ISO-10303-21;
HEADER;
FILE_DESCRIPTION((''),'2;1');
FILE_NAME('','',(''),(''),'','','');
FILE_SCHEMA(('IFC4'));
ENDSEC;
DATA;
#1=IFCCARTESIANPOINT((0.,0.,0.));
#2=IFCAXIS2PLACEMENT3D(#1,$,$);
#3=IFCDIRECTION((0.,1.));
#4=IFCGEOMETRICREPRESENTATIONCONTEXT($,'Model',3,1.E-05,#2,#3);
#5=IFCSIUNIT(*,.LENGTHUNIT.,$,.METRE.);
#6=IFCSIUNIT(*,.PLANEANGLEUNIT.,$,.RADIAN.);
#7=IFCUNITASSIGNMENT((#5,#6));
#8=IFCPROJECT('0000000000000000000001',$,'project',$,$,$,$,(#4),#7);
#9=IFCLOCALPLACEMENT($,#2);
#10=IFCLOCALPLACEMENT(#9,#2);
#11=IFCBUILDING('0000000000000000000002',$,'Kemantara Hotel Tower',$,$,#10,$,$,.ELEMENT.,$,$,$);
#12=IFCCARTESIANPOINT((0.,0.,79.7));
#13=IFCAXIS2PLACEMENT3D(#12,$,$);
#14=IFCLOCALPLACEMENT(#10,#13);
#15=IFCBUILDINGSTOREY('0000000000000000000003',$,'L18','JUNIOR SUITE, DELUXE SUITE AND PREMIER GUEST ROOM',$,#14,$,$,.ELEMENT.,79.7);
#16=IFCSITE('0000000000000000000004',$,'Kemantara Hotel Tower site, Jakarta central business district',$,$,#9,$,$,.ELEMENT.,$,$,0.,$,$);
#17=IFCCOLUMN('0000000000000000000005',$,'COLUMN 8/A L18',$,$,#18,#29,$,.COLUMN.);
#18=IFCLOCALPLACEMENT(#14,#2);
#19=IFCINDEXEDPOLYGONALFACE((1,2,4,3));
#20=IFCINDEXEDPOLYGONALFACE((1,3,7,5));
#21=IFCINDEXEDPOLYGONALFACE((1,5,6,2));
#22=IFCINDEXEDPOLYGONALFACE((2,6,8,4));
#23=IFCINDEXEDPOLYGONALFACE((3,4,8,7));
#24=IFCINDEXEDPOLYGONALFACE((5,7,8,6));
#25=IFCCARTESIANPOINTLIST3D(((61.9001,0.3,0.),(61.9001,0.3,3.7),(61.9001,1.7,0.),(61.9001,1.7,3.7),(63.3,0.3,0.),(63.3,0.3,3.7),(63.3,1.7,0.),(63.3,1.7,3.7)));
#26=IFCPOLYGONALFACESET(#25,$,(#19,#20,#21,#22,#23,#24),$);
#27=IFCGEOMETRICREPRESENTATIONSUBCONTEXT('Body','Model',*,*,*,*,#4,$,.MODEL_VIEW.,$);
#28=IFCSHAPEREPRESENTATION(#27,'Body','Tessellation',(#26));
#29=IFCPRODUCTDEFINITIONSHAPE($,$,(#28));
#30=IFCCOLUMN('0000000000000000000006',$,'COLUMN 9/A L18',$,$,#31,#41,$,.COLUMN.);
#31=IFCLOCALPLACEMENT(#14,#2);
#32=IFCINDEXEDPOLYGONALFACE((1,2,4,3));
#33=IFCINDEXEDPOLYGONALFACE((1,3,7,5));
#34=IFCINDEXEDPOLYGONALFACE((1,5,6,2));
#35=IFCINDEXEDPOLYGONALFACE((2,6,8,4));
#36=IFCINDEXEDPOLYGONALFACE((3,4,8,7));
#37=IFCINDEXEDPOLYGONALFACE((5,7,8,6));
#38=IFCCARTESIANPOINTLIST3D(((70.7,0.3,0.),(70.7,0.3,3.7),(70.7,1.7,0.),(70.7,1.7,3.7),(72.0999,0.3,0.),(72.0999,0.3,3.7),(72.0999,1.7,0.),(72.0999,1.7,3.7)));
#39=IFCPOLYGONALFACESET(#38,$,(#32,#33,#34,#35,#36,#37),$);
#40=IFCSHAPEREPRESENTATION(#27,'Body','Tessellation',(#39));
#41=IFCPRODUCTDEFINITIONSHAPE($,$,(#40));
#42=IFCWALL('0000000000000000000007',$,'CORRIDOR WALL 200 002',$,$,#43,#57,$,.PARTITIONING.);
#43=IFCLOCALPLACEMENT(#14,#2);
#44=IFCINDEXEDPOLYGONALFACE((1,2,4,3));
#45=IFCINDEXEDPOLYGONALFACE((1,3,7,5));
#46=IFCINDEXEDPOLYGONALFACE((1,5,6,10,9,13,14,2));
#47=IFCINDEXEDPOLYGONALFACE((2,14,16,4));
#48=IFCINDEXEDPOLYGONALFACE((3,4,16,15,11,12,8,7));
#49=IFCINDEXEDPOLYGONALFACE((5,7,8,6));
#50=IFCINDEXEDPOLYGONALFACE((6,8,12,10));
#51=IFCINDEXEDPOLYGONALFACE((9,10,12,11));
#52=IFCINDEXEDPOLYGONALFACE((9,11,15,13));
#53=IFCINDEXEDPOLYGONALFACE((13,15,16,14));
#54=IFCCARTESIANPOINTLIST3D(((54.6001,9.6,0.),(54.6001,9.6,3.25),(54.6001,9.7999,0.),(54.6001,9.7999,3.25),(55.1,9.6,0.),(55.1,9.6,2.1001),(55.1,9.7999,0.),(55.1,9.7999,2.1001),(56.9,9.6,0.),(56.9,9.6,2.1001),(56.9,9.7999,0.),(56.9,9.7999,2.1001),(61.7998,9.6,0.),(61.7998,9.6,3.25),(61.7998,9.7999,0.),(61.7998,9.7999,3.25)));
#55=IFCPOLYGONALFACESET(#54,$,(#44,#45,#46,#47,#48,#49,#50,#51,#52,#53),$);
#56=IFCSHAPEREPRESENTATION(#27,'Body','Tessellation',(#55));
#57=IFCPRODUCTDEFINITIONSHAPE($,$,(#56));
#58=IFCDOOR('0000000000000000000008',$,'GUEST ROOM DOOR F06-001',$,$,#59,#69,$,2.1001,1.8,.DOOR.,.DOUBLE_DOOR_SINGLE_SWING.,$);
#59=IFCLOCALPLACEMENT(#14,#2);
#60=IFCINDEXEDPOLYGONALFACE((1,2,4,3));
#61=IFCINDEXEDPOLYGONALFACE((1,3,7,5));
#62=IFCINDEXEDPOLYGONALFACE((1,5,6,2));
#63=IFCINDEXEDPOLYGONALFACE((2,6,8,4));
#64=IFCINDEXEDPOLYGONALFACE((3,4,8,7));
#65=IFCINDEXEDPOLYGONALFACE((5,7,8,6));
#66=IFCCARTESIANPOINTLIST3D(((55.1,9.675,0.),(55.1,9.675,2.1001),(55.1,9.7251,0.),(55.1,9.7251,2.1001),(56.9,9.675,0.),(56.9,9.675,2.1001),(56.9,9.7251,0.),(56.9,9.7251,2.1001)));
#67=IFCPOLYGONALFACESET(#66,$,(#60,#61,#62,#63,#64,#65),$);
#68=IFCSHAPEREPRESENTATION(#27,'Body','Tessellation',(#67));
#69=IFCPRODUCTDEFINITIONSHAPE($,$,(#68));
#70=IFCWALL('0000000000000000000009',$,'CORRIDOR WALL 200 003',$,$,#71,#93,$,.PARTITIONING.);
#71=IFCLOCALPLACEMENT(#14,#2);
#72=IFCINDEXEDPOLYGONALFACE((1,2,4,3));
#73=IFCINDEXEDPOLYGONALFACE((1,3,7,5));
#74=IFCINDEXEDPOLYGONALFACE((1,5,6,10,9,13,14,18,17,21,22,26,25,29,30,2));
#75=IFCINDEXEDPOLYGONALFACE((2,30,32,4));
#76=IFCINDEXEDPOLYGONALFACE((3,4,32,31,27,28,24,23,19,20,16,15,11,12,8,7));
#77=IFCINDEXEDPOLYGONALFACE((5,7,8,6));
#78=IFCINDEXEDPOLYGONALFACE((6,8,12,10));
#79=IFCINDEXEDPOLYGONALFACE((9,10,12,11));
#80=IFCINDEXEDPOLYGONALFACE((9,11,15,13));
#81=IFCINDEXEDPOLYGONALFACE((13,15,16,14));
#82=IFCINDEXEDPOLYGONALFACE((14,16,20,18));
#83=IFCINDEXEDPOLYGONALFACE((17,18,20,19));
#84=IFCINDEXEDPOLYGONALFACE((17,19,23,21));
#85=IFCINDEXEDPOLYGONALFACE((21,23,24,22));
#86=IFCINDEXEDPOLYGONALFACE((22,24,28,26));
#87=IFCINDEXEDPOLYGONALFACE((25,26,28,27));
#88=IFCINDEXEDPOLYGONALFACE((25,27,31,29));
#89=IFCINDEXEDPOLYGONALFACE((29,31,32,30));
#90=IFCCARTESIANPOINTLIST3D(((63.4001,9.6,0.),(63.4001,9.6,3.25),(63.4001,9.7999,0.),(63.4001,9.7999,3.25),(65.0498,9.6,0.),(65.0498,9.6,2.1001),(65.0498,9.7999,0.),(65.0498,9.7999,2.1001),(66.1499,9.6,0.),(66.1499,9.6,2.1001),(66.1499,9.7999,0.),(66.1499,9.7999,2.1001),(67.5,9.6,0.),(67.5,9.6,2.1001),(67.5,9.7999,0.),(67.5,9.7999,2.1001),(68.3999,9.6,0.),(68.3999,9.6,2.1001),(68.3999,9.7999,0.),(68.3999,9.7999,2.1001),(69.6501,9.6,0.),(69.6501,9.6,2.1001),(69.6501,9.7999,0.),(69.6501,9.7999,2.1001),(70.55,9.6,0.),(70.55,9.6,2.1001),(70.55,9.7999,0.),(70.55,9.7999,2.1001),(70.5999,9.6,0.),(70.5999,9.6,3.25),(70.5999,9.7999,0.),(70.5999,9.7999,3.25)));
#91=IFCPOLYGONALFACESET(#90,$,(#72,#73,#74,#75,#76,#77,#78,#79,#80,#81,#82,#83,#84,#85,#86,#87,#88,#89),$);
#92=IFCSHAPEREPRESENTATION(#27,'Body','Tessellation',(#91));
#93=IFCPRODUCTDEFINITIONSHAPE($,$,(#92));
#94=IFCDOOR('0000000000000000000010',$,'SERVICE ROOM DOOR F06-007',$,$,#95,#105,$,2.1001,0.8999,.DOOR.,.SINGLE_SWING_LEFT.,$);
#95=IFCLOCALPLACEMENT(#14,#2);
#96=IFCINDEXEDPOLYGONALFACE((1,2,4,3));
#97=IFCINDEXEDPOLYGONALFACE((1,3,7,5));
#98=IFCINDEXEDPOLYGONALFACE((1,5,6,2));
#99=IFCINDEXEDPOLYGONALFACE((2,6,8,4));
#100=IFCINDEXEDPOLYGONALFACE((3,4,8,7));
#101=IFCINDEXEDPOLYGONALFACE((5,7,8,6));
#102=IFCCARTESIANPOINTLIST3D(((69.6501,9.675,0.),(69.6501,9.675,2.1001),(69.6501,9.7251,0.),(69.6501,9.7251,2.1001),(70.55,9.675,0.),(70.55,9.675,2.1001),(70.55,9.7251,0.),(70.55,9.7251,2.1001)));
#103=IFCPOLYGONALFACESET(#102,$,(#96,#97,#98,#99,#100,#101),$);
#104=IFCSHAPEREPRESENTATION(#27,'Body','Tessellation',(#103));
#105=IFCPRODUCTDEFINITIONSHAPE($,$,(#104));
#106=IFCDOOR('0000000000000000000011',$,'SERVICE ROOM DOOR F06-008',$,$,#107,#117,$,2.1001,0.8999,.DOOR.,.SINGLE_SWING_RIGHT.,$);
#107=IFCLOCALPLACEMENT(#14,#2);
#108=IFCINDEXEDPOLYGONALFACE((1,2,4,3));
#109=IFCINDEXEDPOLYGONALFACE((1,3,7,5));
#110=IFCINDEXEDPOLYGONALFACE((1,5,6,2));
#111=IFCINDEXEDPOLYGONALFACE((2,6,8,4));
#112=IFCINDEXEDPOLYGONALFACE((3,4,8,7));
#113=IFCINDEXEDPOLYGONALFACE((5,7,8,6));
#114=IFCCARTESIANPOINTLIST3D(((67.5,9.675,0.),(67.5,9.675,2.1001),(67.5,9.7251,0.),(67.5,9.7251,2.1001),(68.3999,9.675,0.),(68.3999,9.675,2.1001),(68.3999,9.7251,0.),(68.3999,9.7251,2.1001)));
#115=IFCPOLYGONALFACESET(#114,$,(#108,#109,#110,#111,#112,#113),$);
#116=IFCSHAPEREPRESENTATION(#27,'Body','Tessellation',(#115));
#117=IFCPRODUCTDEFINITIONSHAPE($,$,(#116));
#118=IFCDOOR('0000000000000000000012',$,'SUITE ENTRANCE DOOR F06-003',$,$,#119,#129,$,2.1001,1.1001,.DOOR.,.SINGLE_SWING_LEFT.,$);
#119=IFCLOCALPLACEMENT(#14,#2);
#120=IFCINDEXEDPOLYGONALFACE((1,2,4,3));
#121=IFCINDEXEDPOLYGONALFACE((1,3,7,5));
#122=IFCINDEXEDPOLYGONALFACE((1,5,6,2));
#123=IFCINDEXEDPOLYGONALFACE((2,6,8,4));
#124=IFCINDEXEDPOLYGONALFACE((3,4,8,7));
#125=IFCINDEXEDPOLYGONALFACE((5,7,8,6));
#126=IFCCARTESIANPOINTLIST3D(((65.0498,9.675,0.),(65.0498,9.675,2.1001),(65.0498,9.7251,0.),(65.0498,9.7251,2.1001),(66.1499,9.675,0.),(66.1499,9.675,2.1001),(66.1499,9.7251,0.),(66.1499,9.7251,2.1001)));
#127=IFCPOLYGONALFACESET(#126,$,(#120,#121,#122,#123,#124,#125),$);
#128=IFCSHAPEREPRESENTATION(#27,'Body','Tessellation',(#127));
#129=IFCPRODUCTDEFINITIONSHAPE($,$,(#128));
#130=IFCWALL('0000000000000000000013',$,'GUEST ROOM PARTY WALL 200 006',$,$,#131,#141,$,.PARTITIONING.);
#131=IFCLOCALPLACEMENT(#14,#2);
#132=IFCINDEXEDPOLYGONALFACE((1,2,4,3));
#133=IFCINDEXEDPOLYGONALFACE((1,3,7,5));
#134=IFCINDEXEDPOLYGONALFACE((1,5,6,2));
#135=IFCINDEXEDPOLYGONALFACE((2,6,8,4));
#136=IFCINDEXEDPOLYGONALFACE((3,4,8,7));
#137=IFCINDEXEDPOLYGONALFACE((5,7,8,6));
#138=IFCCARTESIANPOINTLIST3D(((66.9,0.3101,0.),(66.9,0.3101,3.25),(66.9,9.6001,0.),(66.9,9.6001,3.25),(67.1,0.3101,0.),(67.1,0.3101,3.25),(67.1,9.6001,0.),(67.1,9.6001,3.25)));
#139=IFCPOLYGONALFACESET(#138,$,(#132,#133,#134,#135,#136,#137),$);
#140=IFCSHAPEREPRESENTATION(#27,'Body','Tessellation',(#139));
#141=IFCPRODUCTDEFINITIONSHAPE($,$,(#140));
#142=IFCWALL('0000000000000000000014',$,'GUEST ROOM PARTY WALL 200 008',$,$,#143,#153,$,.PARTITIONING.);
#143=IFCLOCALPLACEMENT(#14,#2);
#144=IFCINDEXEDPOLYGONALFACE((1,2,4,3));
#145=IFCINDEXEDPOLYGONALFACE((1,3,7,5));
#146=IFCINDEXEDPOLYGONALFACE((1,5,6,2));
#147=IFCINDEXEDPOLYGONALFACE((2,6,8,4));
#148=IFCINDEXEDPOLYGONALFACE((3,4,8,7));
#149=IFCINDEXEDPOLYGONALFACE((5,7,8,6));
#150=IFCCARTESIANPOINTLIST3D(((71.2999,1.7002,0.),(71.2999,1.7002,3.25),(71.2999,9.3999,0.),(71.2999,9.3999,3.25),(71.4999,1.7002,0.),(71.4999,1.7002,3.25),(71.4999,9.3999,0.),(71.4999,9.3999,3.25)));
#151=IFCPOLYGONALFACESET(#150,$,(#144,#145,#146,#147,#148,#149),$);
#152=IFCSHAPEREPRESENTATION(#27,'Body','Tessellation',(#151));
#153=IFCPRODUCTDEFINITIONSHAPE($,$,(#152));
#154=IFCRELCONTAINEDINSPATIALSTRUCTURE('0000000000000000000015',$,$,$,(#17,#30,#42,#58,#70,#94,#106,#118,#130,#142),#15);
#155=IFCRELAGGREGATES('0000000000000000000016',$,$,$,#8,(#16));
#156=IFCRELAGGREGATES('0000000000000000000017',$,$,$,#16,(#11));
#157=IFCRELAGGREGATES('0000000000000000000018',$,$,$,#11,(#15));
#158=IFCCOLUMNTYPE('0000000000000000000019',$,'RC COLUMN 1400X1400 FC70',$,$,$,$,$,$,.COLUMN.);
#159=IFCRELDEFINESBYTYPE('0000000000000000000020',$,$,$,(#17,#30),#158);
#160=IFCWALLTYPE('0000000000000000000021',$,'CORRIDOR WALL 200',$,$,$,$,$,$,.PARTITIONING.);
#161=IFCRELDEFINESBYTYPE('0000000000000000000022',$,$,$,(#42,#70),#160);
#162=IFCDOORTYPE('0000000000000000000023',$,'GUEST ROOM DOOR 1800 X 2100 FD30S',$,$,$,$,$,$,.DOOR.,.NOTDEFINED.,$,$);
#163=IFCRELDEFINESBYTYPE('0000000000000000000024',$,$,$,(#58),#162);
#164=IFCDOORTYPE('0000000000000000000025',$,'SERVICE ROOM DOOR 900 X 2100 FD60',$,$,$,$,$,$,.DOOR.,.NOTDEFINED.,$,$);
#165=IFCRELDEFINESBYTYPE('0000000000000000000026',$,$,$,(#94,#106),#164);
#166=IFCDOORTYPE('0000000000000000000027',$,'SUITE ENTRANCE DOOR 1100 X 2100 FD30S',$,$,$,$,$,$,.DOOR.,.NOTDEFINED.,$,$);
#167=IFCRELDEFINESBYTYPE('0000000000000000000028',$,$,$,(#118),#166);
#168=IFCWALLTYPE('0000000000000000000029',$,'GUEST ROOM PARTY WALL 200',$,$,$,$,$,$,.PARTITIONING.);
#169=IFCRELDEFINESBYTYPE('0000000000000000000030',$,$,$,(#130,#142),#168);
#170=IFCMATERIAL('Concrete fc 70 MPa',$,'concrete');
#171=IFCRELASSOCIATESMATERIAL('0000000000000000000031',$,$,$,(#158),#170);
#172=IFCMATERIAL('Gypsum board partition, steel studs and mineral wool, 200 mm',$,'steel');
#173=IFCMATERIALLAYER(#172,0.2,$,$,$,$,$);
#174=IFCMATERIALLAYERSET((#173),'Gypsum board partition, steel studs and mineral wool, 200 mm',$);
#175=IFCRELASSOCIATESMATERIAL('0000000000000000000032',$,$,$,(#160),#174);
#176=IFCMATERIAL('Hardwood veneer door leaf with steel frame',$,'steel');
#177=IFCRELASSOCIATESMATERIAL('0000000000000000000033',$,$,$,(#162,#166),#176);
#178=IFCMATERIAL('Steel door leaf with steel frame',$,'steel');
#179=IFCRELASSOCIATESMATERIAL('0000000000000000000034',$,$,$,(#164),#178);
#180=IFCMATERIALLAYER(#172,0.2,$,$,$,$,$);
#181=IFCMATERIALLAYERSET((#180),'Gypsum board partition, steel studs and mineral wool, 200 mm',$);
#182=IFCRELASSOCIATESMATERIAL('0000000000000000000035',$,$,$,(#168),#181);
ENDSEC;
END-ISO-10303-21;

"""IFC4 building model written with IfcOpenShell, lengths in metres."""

from ifc_helpers import new_model, si_unit, direction, frame, frame_2d, origin, origin_2d, place, context, subcontext, project, spatial, rectangle, extrude, material, layer, layer_set, material_profile, profile_set, type_object, element, fill, save


model = new_model("IFC4")

# Units and contexts
model_context = context("Model", 3, precision=1e-05, world=origin(), true_north=direction((0.0, 1.0)))
body_context = subcontext(model_context, "Body", "Model", "MODEL_VIEW")
ifc_project = project(units=[si_unit("LENGTHUNIT", "METRE"), si_unit("PLANEANGLEUNIT", "RADIAN")], contexts=[model_context])

# Site, building, storey
site_placement = place(None, origin())
site = spatial("IfcSite", under=ifc_project, at=site_placement, Name="Kemantara Hotel Tower site, Jakarta central business district", CompositionType="ELEMENT", RefElevation=0.0)
building_placement = place(site_placement, origin())
building = spatial("IfcBuilding", under=site, at=building_placement, Name="Kemantara Hotel Tower", CompositionType="ELEMENT")
storey_placement = place(building_placement, frame((0.0, 0.0, 79.7)))
storey = spatial("IfcBuildingStorey", under=building, at=storey_placement, Name="L18", Description="JUNIOR SUITE, DELUXE SUITE AND PREMIER GUEST ROOM", CompositionType="ELEMENT", Elevation=79.7)

# Columns
ifc_material_1 = material(Name="Concrete fc 70 MPa", Category="concrete")
ifc_material_profile = material_profile(ifc_material_1, rectangle(XDim=1.3999, YDim=1.3999, at=origin_2d()), Name="RC 1400X1400")
ifc_profile_set = profile_set([ifc_material_profile], Name="Concrete fc 70 MPa")
column_type = type_object("IfcColumnType", Name="RC COLUMN 1400X1400 FC70", PredefinedType="COLUMN", material=ifc_profile_set)
for number, where, z_axis, x_axis, name in (
    (1, (62.6001, 1.0, 0.0), (0.0, 0.0, 1.0), (1.0, 0.0, 0.0), "COLUMN 8/A L18"),
    (2, (71.3999, 1.0, 0.0), (0.0, 0.0, 1.0), (1.0, 0.0, 0.0), "COLUMN 9/A L18"),
):
    element("IfcColumn", number, at=place(storey_placement, frame(where, z_axis=z_axis, x_axis=x_axis)), inside=storey, type_object=column_type, Name=name, PredefinedType="COLUMN", context=body_context, shape_type="SweptSolid", body=[
        extrude(rectangle(XDim=1.3999, YDim=1.3999, at=origin_2d()), origin(), (0.0, 0.0, 1.0), 3.7),
    ])

# Wall, opening, door
ifc_material_2 = material(Name="Gypsum board partition, steel studs and mineral wool, 200 mm", Category="steel")
ifc_layer_1 = layer(ifc_material_2, 0.2)
ifc_layer_set_1 = layer_set([ifc_layer_1], Name="Gypsum board partition, steel studs and mineral wool, 200 mm")
wall_type_1 = type_object("IfcWallType", Name="CORRIDOR WALL 200", PredefinedType="PARTITIONING", material=ifc_layer_set_1)
wall_1_placement = place(storey_placement, frame((61.7998, 9.7, 0.0), z_axis=(0.0, 0.0, 1.0), x_axis=(-1.0, 0.0, 0.0)))
wall_1 = element("IfcWall", 3, at=wall_1_placement, inside=storey, type_object=wall_type_1, Name="CORRIDOR WALL 200 002", PredefinedType="PARTITIONING", context=body_context, shape_type="SweptSolid", body=[
    extrude(rectangle(XDim=7.1997, YDim=0.2, at=frame_2d((3.5999, 0.0))), origin(), (0.0, 0.0, 1.0), 3.25),
])
opening_1_placement = place(wall_1_placement, frame((4.8999, 0.0, 0.0)))
opening_1 = element("IfcOpeningElement", 4, at=opening_1_placement, cuts=wall_1, PredefinedType="OPENING", context=body_context, shape_type="SweptSolid", body=[
    extrude(rectangle(XDim=1.8, YDim=2.1001, at=frame_2d((0.8999, 1.05))), frame((0.0, 0.1099, 0.0), z_axis=(0.0, -1.0, 0.0), x_axis=(1.0, 0.0, 0.0)), (0.0, 0.0, 1.0), 0.22),
])
ifc_material_3 = material(Name="Hardwood veneer door leaf with steel frame", Category="steel")
door_type_1 = type_object("IfcDoorType", Name="GUEST ROOM DOOR 1800 X 2100 FD30S", OperationType="NOTDEFINED", PredefinedType="DOOR", material=ifc_material_3)
door_1_placement = place(opening_1_placement, origin())
door_1 = element("IfcDoor", 5, at=door_1_placement, inside=storey, type_object=door_type_1, Name="GUEST ROOM DOOR F06-001", OperationType="DOUBLE_DOOR_SINGLE_SWING", OverallHeight=2.1001, OverallWidth=1.8, PredefinedType="DOOR", context=body_context, shape_type="SweptSolid", body=[
    extrude(rectangle(XDim=1.8, YDim=2.1001, at=frame_2d((0.8999, 1.05))), frame((0.0, 0.0249, 0.0), z_axis=(0.0, -1.0, 0.0), x_axis=(1.0, 0.0, 0.0)), (0.0, 0.0, 1.0), 0.05),
])
fill(opening_1, door_1)

# Wall, openings, doors
wall_2_placement = place(storey_placement, frame((70.5999, 9.7, 0.0), z_axis=(0.0, 0.0, 1.0), x_axis=(-1.0, 0.0, 0.0)))
wall_2 = element("IfcWall", 6, at=wall_2_placement, inside=storey, type_object=wall_type_1, Name="CORRIDOR WALL 200 003", PredefinedType="PARTITIONING", context=body_context, shape_type="SweptSolid", body=[
    extrude(rectangle(XDim=7.1997, YDim=0.2, at=frame_2d((3.5999, 0.0))), origin(), (0.0, 0.0, 1.0), 3.25),
])
opening_2_placement = place(wall_2_placement, frame((4.45, 0.0, 0.0)))
opening_2 = element("IfcOpeningElement", 7, at=opening_2_placement, cuts=wall_2, PredefinedType="OPENING", context=body_context, shape_type="SweptSolid", body=[
    extrude(rectangle(XDim=1.1001, YDim=2.1001, at=frame_2d((0.55, 1.05))), frame((0.0, 0.1099, 0.0), z_axis=(0.0, -1.0, 0.0), x_axis=(1.0, 0.0, 0.0)), (0.0, 0.0, 1.0), 0.22),
])
opening_3_placement = place(wall_2_placement, frame((0.0498, 0.0, 0.0)))
opening_3 = element("IfcOpeningElement", 8, at=opening_3_placement, cuts=wall_2, PredefinedType="OPENING", context=body_context, shape_type="SweptSolid", body=[
    extrude(rectangle(XDim=0.8999, YDim=2.1001, at=frame_2d((0.45, 1.05))), frame((0.0, 0.1099, 0.0), z_axis=(0.0, -1.0, 0.0), x_axis=(1.0, 0.0, 0.0)), (0.0, 0.0, 1.0), 0.22),
])
opening_4_placement = place(wall_2_placement, frame((2.2, 0.0, 0.0)))
opening_4 = element("IfcOpeningElement", 9, at=opening_4_placement, cuts=wall_2, PredefinedType="OPENING", context=body_context, shape_type="SweptSolid", body=[
    extrude(rectangle(XDim=0.8999, YDim=2.1001, at=frame_2d((0.45, 1.05))), frame((0.0, 0.1099, 0.0), z_axis=(0.0, -1.0, 0.0), x_axis=(1.0, 0.0, 0.0)), (0.0, 0.0, 1.0), 0.22),
])
ifc_material_4 = material(Name="Steel door leaf with steel frame", Category="steel")
door_type_2 = type_object("IfcDoorType", Name="SERVICE ROOM DOOR 900 X 2100 FD60", OperationType="NOTDEFINED", PredefinedType="DOOR", material=ifc_material_4)
door_2_placement = place(opening_3_placement, origin())
door_2 = element("IfcDoor", 10, at=door_2_placement, inside=storey, type_object=door_type_2, Name="SERVICE ROOM DOOR F06-007", OperationType="SINGLE_SWING_LEFT", OverallHeight=2.1001, OverallWidth=0.8999, PredefinedType="DOOR", context=body_context, shape_type="SweptSolid", body=[
    extrude(rectangle(XDim=0.8999, YDim=2.1001, at=frame_2d((0.45, 1.05))), frame((0.0, 0.0249, 0.0), z_axis=(0.0, -1.0, 0.0), x_axis=(1.0, 0.0, 0.0)), (0.0, 0.0, 1.0), 0.05),
])
fill(opening_3, door_2)
door_3_placement = place(opening_4_placement, origin())
door_3 = element("IfcDoor", 11, at=door_3_placement, inside=storey, type_object=door_type_2, Name="SERVICE ROOM DOOR F06-008", OperationType="SINGLE_SWING_RIGHT", OverallHeight=2.1001, OverallWidth=0.8999, PredefinedType="DOOR", context=body_context, shape_type="SweptSolid", body=[
    extrude(rectangle(XDim=0.8999, YDim=2.1001, at=frame_2d((0.45, 1.05))), frame((0.0, 0.0249, 0.0), z_axis=(0.0, -1.0, 0.0), x_axis=(1.0, 0.0, 0.0)), (0.0, 0.0, 1.0), 0.05),
])
fill(opening_4, door_3)
door_type_3 = type_object("IfcDoorType", Name="SUITE ENTRANCE DOOR 1100 X 2100 FD30S", OperationType="NOTDEFINED", PredefinedType="DOOR", material=ifc_material_3)
door_4_placement = place(opening_2_placement, origin())
door_4 = element("IfcDoor", 12, at=door_4_placement, inside=storey, type_object=door_type_3, Name="SUITE ENTRANCE DOOR F06-003", OperationType="SINGLE_SWING_LEFT", OverallHeight=2.1001, OverallWidth=1.1001, PredefinedType="DOOR", context=body_context, shape_type="SweptSolid", body=[
    extrude(rectangle(XDim=1.1001, YDim=2.1001, at=frame_2d((0.55, 1.05))), frame((0.0, 0.0249, 0.0), z_axis=(0.0, -1.0, 0.0), x_axis=(1.0, 0.0, 0.0)), (0.0, 0.0, 1.0), 0.05),
])
fill(opening_2, door_4)

# Walls
ifc_layer_2 = layer(ifc_material_2, 0.2)
ifc_layer_set_2 = layer_set([ifc_layer_2], Name="Gypsum board partition, steel studs and mineral wool, 200 mm")
wall_type_2 = type_object("IfcWallType", Name="GUEST ROOM PARTY WALL 200", PredefinedType="PARTITIONING", material=ifc_layer_set_2)
wall_3_placement = place(storey_placement, frame((67.0, 0.3101, 0.0), z_axis=(0.0, 0.0, 1.0), x_axis=(0.0, 1.0, 0.0)))
element("IfcWall", 13, at=wall_3_placement, inside=storey, type_object=wall_type_2, Name="GUEST ROOM PARTY WALL 200 006", PredefinedType="PARTITIONING", context=body_context, shape_type="SweptSolid", body=[
    extrude(rectangle(XDim=9.29, YDim=0.2, at=frame_2d((4.645, 0.0))), origin(), (0.0, 0.0, 1.0), 3.25),
])
wall_4_placement = place(storey_placement, frame((71.3999, 1.7002, 0.0), z_axis=(0.0, 0.0, 1.0), x_axis=(0.0, 1.0, 0.0)))
element("IfcWall", 14, at=wall_4_placement, inside=storey, type_object=wall_type_2, Name="GUEST ROOM PARTY WALL 200 008", PredefinedType="PARTITIONING", context=body_context, shape_type="SweptSolid", body=[
    extrude(rectangle(XDim=7.6997, YDim=0.2, at=frame_2d((3.8499, 0.0))), origin(), (0.0, 0.0, 1.0), 3.25),
])

save(model, "model.ifc")
